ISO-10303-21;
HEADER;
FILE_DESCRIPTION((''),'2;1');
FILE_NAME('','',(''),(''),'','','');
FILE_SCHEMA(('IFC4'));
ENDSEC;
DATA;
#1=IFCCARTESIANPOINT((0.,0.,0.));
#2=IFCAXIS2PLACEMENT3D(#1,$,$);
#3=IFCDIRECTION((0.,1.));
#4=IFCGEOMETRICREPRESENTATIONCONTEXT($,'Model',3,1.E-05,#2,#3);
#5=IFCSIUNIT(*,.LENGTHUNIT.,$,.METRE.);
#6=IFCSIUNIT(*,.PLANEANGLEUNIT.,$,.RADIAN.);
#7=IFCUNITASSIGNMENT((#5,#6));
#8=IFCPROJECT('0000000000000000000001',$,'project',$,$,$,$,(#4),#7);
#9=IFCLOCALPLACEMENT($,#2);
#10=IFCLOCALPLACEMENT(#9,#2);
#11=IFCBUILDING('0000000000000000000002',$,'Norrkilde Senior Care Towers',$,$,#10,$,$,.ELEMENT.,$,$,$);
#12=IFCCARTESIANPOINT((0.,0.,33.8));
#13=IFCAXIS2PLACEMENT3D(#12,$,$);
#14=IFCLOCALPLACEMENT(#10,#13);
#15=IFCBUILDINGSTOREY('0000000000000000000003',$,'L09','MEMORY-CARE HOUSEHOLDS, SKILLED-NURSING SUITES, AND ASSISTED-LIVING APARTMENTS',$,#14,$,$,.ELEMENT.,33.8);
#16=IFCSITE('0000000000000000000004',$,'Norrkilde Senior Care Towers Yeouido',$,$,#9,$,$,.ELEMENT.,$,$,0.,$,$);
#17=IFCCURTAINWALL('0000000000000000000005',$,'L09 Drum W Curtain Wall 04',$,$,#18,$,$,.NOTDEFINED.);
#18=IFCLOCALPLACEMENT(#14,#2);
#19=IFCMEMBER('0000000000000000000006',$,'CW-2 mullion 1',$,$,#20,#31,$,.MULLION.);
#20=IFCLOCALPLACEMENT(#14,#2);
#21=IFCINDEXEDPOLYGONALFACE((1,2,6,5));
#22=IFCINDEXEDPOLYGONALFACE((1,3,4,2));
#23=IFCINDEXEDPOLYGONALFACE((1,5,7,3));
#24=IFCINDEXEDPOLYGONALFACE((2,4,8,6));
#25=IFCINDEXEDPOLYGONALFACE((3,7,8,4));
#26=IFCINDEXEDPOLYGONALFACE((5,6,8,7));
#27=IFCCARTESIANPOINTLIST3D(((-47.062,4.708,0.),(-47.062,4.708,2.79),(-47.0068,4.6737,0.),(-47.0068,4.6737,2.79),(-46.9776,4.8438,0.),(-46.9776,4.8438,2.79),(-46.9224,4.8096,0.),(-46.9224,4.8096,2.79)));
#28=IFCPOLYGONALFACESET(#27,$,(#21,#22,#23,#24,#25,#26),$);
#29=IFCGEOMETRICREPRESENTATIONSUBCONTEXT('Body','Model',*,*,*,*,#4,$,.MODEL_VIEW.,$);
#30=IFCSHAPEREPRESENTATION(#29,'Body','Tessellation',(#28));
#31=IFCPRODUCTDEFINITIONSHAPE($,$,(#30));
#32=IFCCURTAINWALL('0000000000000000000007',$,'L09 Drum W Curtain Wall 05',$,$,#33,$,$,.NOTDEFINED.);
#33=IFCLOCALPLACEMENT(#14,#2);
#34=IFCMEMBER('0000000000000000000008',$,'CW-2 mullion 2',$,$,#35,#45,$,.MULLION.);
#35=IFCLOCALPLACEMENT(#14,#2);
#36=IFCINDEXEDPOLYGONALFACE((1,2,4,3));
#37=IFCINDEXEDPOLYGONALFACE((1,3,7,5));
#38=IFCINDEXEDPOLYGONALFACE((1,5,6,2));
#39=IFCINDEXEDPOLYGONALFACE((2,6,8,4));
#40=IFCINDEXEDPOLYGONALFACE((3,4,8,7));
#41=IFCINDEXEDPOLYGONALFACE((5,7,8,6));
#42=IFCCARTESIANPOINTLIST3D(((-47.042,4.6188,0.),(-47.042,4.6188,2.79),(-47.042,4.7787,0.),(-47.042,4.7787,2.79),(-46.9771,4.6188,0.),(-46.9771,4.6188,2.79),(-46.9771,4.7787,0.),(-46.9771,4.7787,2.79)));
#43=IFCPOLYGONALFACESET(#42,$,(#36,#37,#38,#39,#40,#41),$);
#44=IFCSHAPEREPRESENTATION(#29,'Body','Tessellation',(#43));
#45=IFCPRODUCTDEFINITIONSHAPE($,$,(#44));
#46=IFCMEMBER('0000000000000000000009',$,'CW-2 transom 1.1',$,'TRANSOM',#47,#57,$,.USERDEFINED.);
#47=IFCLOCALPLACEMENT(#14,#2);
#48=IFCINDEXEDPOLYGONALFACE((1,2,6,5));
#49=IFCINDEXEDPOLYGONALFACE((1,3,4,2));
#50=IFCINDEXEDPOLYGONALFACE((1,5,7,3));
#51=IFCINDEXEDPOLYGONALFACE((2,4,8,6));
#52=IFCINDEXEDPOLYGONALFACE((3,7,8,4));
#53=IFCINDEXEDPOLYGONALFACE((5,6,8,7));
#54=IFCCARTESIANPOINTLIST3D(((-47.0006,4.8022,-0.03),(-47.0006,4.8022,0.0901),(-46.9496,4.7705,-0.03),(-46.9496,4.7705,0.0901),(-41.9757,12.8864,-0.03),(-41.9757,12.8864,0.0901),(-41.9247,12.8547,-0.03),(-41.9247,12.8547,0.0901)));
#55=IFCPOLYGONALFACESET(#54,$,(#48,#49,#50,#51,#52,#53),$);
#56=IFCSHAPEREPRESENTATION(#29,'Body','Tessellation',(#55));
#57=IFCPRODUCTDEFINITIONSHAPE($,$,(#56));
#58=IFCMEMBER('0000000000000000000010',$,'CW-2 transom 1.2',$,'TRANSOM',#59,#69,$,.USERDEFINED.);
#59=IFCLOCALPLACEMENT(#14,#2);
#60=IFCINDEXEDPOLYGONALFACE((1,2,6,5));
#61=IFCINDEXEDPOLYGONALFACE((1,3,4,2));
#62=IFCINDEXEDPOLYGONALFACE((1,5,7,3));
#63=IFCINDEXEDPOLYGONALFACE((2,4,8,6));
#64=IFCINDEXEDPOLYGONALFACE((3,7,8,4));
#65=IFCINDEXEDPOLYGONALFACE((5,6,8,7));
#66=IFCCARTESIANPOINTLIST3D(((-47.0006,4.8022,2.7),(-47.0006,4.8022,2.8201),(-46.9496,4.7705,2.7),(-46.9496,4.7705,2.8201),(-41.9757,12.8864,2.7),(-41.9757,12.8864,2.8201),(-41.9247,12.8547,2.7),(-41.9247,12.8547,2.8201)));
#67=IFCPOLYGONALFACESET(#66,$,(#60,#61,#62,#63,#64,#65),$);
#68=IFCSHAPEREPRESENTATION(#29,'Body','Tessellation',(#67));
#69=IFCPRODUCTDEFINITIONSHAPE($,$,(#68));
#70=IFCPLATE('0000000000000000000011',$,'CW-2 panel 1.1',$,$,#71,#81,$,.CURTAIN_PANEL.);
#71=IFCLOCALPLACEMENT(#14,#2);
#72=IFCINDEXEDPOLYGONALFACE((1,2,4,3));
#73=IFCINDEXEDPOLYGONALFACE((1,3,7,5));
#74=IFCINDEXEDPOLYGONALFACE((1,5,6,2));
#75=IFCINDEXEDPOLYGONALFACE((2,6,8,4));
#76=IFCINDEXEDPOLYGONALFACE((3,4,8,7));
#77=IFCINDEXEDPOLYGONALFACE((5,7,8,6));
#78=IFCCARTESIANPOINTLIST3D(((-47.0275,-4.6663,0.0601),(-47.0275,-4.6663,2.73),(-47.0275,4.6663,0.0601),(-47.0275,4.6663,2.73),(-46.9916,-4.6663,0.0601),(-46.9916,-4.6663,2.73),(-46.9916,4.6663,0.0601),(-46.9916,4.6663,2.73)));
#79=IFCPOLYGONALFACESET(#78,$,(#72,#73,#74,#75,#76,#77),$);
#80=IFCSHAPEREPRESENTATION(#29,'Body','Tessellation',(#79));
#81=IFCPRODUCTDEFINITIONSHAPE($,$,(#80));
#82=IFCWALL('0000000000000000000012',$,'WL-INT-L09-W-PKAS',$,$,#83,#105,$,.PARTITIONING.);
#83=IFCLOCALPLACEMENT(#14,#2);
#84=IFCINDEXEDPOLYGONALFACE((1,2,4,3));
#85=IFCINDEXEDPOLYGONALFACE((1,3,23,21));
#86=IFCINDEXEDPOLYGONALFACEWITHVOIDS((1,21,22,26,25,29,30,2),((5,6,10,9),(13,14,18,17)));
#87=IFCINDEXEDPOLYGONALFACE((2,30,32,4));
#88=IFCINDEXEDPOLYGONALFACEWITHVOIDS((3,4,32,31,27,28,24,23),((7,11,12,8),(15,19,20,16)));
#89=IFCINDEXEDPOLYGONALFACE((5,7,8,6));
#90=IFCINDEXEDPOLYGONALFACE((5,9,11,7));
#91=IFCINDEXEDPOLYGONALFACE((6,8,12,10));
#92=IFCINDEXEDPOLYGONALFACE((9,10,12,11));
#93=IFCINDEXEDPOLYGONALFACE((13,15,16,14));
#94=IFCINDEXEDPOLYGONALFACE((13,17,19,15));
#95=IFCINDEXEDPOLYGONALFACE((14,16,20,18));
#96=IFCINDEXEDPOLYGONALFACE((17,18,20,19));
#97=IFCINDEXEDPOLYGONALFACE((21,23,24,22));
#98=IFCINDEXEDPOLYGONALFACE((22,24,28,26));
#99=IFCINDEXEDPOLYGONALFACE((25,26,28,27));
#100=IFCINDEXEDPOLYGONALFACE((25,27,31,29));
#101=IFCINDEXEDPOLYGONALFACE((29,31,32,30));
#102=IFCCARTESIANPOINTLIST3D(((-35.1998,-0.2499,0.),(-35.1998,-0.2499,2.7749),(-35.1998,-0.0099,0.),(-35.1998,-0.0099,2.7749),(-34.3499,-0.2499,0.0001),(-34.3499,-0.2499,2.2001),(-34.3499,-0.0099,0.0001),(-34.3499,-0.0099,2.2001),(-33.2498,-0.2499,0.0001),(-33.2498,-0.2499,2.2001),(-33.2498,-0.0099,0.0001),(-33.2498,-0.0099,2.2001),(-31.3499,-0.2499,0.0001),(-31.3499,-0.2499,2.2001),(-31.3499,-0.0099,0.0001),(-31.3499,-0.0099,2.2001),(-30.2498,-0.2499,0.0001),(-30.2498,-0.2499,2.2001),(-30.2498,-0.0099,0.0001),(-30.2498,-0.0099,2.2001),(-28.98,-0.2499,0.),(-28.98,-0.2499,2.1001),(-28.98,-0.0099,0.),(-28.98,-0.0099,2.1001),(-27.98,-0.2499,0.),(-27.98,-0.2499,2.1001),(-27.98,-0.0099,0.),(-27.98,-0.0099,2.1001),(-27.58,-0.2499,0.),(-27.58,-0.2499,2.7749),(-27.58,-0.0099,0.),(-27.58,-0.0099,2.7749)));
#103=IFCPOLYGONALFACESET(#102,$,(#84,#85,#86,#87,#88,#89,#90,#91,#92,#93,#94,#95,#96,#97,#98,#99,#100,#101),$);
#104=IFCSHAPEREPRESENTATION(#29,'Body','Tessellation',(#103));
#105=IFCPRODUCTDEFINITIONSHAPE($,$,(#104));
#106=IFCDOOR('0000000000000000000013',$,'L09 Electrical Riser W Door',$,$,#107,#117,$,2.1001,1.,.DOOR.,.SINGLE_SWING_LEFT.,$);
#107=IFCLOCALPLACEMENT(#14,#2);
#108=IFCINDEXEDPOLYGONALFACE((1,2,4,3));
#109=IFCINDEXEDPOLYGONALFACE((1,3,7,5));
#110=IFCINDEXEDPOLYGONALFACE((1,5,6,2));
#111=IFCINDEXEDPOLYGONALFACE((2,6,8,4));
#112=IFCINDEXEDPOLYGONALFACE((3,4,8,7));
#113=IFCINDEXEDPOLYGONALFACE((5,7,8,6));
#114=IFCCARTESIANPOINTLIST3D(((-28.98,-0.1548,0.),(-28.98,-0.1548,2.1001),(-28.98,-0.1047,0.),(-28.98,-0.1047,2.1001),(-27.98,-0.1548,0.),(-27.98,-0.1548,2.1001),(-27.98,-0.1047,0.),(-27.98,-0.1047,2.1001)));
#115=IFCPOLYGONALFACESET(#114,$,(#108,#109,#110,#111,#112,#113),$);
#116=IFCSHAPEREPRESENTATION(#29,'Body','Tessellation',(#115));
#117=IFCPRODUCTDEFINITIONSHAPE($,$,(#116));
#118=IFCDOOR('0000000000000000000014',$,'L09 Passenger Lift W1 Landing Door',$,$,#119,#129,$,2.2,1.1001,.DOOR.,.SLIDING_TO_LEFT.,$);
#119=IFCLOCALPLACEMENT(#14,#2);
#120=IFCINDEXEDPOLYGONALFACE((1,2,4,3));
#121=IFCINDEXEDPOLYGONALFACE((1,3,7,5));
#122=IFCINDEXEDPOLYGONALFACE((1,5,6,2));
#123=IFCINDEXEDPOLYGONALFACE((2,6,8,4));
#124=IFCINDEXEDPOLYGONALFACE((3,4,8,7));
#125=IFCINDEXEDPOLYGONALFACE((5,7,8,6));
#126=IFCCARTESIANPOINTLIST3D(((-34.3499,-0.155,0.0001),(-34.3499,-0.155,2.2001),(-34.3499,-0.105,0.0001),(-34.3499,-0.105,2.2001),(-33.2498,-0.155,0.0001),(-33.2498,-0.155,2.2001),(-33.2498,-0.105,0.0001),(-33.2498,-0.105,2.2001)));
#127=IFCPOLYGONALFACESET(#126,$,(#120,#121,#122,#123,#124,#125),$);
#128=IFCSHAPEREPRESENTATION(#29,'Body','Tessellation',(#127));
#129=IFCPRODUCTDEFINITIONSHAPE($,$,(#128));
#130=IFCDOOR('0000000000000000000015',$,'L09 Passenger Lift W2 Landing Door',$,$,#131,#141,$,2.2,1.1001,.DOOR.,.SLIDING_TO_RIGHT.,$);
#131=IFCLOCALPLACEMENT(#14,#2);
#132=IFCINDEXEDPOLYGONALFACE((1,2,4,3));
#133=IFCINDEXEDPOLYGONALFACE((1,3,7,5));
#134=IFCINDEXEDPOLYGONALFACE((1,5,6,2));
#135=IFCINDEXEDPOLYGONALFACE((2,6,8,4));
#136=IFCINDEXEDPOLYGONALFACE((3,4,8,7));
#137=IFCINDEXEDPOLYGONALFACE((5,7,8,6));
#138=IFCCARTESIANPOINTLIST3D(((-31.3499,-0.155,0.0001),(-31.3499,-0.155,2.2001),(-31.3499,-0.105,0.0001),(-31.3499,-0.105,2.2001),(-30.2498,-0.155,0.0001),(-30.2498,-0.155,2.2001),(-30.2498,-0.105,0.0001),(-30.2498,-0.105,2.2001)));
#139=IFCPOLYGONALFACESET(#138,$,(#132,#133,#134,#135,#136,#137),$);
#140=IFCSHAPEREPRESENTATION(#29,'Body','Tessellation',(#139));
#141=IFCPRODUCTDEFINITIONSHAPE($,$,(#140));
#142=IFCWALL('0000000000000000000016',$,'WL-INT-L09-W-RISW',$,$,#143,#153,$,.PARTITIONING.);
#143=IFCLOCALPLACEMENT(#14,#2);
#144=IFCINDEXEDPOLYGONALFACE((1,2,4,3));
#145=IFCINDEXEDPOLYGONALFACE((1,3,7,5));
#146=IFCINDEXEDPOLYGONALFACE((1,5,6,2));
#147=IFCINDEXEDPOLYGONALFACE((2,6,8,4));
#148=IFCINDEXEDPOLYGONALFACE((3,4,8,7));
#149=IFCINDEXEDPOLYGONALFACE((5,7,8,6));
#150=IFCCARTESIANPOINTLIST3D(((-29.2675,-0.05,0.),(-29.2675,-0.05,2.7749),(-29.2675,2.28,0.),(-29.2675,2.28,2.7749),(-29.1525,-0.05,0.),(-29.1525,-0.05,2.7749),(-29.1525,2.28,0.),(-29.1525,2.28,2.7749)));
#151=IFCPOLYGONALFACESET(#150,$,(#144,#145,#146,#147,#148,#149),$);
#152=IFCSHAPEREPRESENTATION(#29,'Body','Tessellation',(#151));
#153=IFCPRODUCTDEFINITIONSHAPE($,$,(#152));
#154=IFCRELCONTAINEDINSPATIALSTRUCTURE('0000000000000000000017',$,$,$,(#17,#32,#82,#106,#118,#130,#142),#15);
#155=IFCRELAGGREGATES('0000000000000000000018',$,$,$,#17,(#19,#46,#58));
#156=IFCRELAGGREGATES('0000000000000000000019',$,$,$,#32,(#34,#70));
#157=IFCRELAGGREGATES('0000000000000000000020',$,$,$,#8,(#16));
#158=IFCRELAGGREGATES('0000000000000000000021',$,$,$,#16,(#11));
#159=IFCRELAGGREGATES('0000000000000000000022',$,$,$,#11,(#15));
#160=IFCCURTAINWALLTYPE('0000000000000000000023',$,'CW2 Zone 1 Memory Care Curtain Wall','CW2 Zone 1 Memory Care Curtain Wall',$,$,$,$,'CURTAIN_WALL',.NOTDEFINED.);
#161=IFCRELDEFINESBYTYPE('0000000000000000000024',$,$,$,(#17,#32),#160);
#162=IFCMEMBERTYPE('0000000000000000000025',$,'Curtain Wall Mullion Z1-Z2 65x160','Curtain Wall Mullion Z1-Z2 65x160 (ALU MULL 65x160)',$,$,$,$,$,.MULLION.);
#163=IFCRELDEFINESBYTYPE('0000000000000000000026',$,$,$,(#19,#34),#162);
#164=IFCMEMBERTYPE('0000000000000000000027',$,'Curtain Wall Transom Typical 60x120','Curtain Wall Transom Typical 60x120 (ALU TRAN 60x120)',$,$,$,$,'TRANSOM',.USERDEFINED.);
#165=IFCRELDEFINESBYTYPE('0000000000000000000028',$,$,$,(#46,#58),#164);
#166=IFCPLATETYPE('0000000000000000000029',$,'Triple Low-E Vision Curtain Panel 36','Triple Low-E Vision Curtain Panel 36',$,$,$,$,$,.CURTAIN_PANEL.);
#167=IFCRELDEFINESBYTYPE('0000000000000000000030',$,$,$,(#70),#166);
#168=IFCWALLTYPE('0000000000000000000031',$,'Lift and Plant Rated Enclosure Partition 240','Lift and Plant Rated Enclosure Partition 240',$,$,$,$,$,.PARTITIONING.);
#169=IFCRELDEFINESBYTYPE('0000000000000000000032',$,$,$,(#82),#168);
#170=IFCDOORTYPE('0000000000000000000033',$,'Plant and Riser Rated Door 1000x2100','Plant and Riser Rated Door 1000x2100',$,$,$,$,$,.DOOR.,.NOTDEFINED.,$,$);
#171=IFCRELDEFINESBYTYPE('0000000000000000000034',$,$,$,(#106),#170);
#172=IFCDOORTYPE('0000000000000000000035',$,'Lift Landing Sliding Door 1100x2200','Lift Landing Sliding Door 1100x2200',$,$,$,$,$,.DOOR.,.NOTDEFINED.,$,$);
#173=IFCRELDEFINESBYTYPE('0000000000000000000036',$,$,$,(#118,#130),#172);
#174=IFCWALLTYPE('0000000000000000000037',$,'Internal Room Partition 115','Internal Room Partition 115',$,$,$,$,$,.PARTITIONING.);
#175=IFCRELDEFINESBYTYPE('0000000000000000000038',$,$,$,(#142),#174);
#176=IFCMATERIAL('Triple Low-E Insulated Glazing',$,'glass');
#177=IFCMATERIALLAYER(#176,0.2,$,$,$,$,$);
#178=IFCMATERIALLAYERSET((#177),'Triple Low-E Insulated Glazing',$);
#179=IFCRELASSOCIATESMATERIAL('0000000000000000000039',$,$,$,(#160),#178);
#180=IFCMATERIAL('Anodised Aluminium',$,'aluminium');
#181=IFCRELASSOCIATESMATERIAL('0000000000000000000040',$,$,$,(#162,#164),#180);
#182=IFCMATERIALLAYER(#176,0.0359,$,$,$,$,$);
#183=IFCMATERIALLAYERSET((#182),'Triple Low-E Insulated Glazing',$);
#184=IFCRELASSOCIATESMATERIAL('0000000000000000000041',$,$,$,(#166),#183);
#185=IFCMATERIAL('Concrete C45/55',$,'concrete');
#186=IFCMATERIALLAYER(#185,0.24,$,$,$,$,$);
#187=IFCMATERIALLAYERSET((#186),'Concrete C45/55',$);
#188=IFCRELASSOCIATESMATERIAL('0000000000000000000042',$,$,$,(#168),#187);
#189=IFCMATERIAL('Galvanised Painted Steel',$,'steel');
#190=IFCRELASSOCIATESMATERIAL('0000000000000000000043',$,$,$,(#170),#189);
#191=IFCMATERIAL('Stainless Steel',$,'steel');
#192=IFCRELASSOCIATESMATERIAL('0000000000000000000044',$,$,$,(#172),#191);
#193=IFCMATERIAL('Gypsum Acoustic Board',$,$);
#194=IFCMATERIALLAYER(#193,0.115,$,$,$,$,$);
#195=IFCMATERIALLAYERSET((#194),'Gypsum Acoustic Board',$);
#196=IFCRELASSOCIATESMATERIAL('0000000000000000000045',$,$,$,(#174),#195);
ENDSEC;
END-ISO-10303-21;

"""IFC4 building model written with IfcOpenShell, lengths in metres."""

from ifc_helpers import new_model, si_unit, direction, frame, frame_2d, origin, origin_2d, place, context, subcontext, project, spatial, rectangle, extrude, source, transform, mapped, material, layer, layer_set, material_profile, profile_set, type_object, type_shapes, element, fill, aggregate, save


model = new_model("IFC4")

# Units and contexts
model_context = context("Model", 3, precision=1e-05, world=origin(), true_north=direction((0.0, 1.0)))
body_context = subcontext(model_context, "Body", "Model", "MODEL_VIEW")
ifc_project = project(units=[si_unit("LENGTHUNIT", "METRE"), si_unit("PLANEANGLEUNIT", "RADIAN")], contexts=[model_context])

# Site, building, storey
site_placement = place(None, origin())
site = spatial("IfcSite", under=ifc_project, at=site_placement, Name="Norrkilde Senior Care Towers Yeouido", CompositionType="ELEMENT", RefElevation=0.0)
building_placement = place(site_placement, origin())
building = spatial("IfcBuilding", under=site, at=building_placement, Name="Norrkilde Senior Care Towers", CompositionType="ELEMENT")
storey_placement = place(building_placement, frame((0.0, 0.0, 33.8)))
storey = spatial("IfcBuildingStorey", under=building, at=storey_placement, Name="L09", Description="MEMORY-CARE HOUSEHOLDS, SKILLED-NURSING SUITES, AND ASSISTED-LIVING APARTMENTS", CompositionType="ELEMENT", Elevation=33.8)

# Curtain walls, members
ifc_material_1 = material(Name="Triple Low-E Insulated Glazing", Category="glass")
ifc_layer_1 = layer(ifc_material_1, 0.2)
ifc_layer_set_1 = layer_set([ifc_layer_1], Name="Triple Low-E Insulated Glazing")
curtain_wall_type = type_object("IfcCurtainWallType", Name="CW2 Zone 1 Memory Care Curtain Wall", Description="CW2 Zone 1 Memory Care Curtain Wall", ElementType="CURTAIN_WALL", PredefinedType="NOTDEFINED", material=ifc_layer_set_1)
curtain_wall_1_placement = place(storey_placement, origin())
curtain_wall_1 = element("IfcCurtainWall", 1, at=curtain_wall_1_placement, inside=storey, type_object=curtain_wall_type, Name="L09 Drum W Curtain Wall 04", PredefinedType="NOTDEFINED")
ifc_material_2 = material(Name="Anodised Aluminium", Category="aluminium")
ifc_material_profile_1 = material_profile(ifc_material_2, rectangle(XDim=0.0649, YDim=0.1599, at=origin_2d()), Name="ALU MULL 65x160")
ifc_profile_set_1 = profile_set([ifc_material_profile_1], Name="Anodised Aluminium")
member_type_1 = type_object("IfcMemberType", Name="Curtain Wall Mullion Z1-Z2 65x160", Description="Curtain Wall Mullion Z1-Z2 65x160 (ALU MULL 65x160)", PredefinedType="MULLION", material=ifc_profile_set_1)
shared_shape_1 = source(origin(), body_context, "Body", "SweptSolid", [
    extrude(rectangle(XDim=0.0649, YDim=0.1599, at=origin_2d()), origin(), (0.0, 0.0, 1.0), 2.79),
])
type_shapes(member_type_1, [shared_shape_1])
member_1_placement = place(storey_placement, frame((-46.9922, 4.7588, 0.0), z_axis=(0.0, 0.0, 1.0), x_axis=(-0.849306, 0.527901, 0.0)))
member_1 = element("IfcMember", 2, at=member_1_placement, type_object=member_type_1, Name="CW-2 mullion 1", PredefinedType="MULLION", context=body_context, shape_type="MappedRepresentation", body=[
    mapped(shared_shape_1, transform((0.0, 0.0, 0.0), x_axis=(1.0, 0.0, 0.0), y_axis=(0.0, 1.0, 0.0), z_axis=(0.0, 0.0, 1.0), scale=1.0)),
])
curtain_wall_2_placement = place(storey_placement, origin())
curtain_wall_2 = element("IfcCurtainWall", 3, at=curtain_wall_2_placement, inside=storey, type_object=curtain_wall_type, Name="L09 Drum W Curtain Wall 05", PredefinedType="NOTDEFINED")
member_2_placement = place(storey_placement, frame((-47.0095, 4.6987, 0.0), z_axis=(0.0, 0.0, 1.0), x_axis=(-1.0, 0.0, 0.0)))
member_2 = element("IfcMember", 4, at=member_2_placement, type_object=member_type_1, Name="CW-2 mullion 2", PredefinedType="MULLION", context=body_context, shape_type="MappedRepresentation", body=[
    mapped(shared_shape_1, transform((0.0, 0.0, 0.0), x_axis=(1.0, 0.0, 0.0), y_axis=(0.0, 1.0, 0.0), z_axis=(0.0, 0.0, 1.0), scale=1.0)),
])

# Members
ifc_material_profile_2 = material_profile(ifc_material_2, rectangle(XDim=0.0601, YDim=0.1201, at=origin_2d()), Name="ALU TRAN 60x120")
ifc_profile_set_2 = profile_set([ifc_material_profile_2], Name="Anodised Aluminium")
member_type_2 = type_object("IfcMemberType", Name="Curtain Wall Transom Typical 60x120", Description="Curtain Wall Transom Typical 60x120 (ALU TRAN 60x120)", ElementType="TRANSOM", PredefinedType="USERDEFINED", material=ifc_profile_set_2)
shared_shape_2 = source(origin(), body_context, "Body", "SweptSolid", [
    extrude(rectangle(XDim=0.0601, YDim=0.1201, at=origin_2d()), origin(), (0.0, 0.0, 1.0), 9.5186),
])
type_shapes(member_type_2, [shared_shape_2])
member_3_placement = place(storey_placement, frame((-46.9751, 4.7864, 0.03), z_axis=(0.527902, 0.849306, 0.0), x_axis=(-0.849306, 0.527902, 0.0)))
member_3 = element("IfcMember", 5, at=member_3_placement, type_object=member_type_2, Name="CW-2 transom 1.1", ObjectType="TRANSOM", PredefinedType="USERDEFINED", context=body_context, shape_type="MappedRepresentation", body=[
    mapped(shared_shape_2, transform((0.0, 0.0, 0.0), x_axis=(1.0, 0.0, 0.0), y_axis=(0.0, 1.0, 0.0), z_axis=(0.0, 0.0, 1.0), scale=1.0)),
])
member_4_placement = place(storey_placement, frame((-46.9751, 4.7864, 2.76), z_axis=(0.527902, 0.849306, 0.0), x_axis=(-0.849306, 0.527902, 0.0)))
member_4 = element("IfcMember", 6, at=member_4_placement, type_object=member_type_2, Name="CW-2 transom 1.2", ObjectType="TRANSOM", PredefinedType="USERDEFINED", context=body_context, shape_type="MappedRepresentation", body=[
    mapped(shared_shape_2, transform((0.0, 0.0, 0.0), x_axis=(1.0, 0.0, 0.0), y_axis=(0.0, 1.0, 0.0), z_axis=(0.0, 0.0, 1.0), scale=1.0)),
])
aggregate(curtain_wall_1, [member_1, member_3, member_4])

# Plate
ifc_layer_2 = layer(ifc_material_1, 0.0359)
ifc_layer_set_2 = layer_set([ifc_layer_2], Name="Triple Low-E Insulated Glazing")
plate_type = type_object("IfcPlateType", Name="Triple Low-E Vision Curtain Panel 36", Description="Triple Low-E Vision Curtain Panel 36", PredefinedType="CURTAIN_PANEL", material=ifc_layer_set_2)
shared_shape_3 = source(origin(), body_context, "Body", "SweptSolid", [
    extrude(rectangle(XDim=9.3325, YDim=0.0359, at=origin_2d()), origin(), (0.0, 0.0, 1.0), 2.6699),
])
type_shapes(plate_type, [shared_shape_3])
plate_placement = place(storey_placement, frame((-47.0095, 0.0, 0.0601), z_axis=(0.0, 0.0, 1.0), x_axis=(0.0, 1.0, 0.0)))
plate = element("IfcPlate", 7, at=plate_placement, type_object=plate_type, Name="CW-2 panel 1.1", PredefinedType="CURTAIN_PANEL", context=body_context, shape_type="MappedRepresentation", body=[
    mapped(shared_shape_3, transform((0.0, 0.0, 0.0), x_axis=(1.0, 0.0, 0.0), y_axis=(0.0, 1.0, 0.0), z_axis=(0.0, 0.0, 1.0), scale=1.0)),
])
aggregate(curtain_wall_2, [member_2, plate])

# Wall, openings, doors
ifc_material_3 = material(Name="Concrete C45/55", Category="concrete")
ifc_layer_3 = layer(ifc_material_3, 0.24)
ifc_layer_set_3 = layer_set([ifc_layer_3], Name="Concrete C45/55")
wall_type_1 = type_object("IfcWallType", Name="Lift and Plant Rated Enclosure Partition 240", Description="Lift and Plant Rated Enclosure Partition 240", PredefinedType="PARTITIONING", material=ifc_layer_set_3)
shared_shape_4 = source(origin(), body_context, "Body", "SweptSolid", [
    extrude(rectangle(XDim=7.6199, YDim=0.24, at=frame_2d((3.8101, 0.0))), origin(), (0.0, 0.0, 1.0), 2.7749),
])
type_shapes(wall_type_1, [shared_shape_4])
wall_1_placement = place(storey_placement, frame((-35.2, -0.1299, 0.0), z_axis=(0.0, 0.0, 1.0), x_axis=(1.0, 0.0, 0.0)))
wall_1 = element("IfcWall", 8, at=wall_1_placement, inside=storey, type_object=wall_type_1, Name="WL-INT-L09-W-PKAS", PredefinedType="PARTITIONING", context=body_context, shape_type="MappedRepresentation", body=[
    mapped(shared_shape_4, transform((0.0, 0.0, 0.0), x_axis=(1.0, 0.0, 0.0), y_axis=(0.0, 1.0, 0.0), z_axis=(0.0, 0.0, 1.0), scale=1.0)),
])
opening_1_placement = place(wall_1_placement, frame((6.22, 0.0, 0.0)))
opening_1 = element("IfcOpeningElement", 9, at=opening_1_placement, cuts=wall_1, PredefinedType="OPENING", context=body_context, shape_type="SweptSolid", body=[
    extrude(rectangle(XDim=1.0, YDim=2.1001, at=frame_2d((0.5, 1.05))), frame((0.0, 0.1299, 0.0), z_axis=(0.0, -1.0, 0.0), x_axis=(1.0, 0.0, 0.0)), (0.0, 0.0, 1.0), 0.26),
])
opening_2_placement = place(wall_1_placement, frame((0.8501, 0.0, 0.0)))
opening_2 = element("IfcOpeningElement", 10, at=opening_2_placement, cuts=wall_1, PredefinedType="OPENING", context=body_context, shape_type="SweptSolid", body=[
    extrude(rectangle(XDim=1.1001, YDim=2.2, at=frame_2d((0.55, 1.1001))), frame((0.0, 0.1299, 0.0), z_axis=(0.0, -1.0, 0.0), x_axis=(1.0, 0.0, 0.0)), (0.0, 0.0, 1.0), 0.26),
])
opening_3_placement = place(wall_1_placement, frame((3.8501, 0.0, 0.0)))
opening_3 = element("IfcOpeningElement", 11, at=opening_3_placement, cuts=wall_1, PredefinedType="OPENING", context=body_context, shape_type="SweptSolid", body=[
    extrude(rectangle(XDim=1.1001, YDim=2.2, at=frame_2d((0.55, 1.1001))), frame((0.0, 0.1299, 0.0), z_axis=(0.0, -1.0, 0.0), x_axis=(1.0, 0.0, 0.0)), (0.0, 0.0, 1.0), 0.26),
])
ifc_material_4 = material(Name="Galvanised Painted Steel", Category="steel")
door_type_1 = type_object("IfcDoorType", Name="Plant and Riser Rated Door 1000x2100", Description="Plant and Riser Rated Door 1000x2100", OperationType="NOTDEFINED", PredefinedType="DOOR", material=ifc_material_4)
shared_shape_5 = source(origin(), body_context, "Body", "SweptSolid", [
    extrude(rectangle(XDim=1.0, YDim=2.1001, at=frame_2d((0.5, 1.05))), frame((0.0, 0.0249, 0.0), z_axis=(0.0, -1.0, 0.0), x_axis=(1.0, 0.0, 0.0)), (0.0, 0.0, 1.0), 0.05),
])
type_shapes(door_type_1, [shared_shape_5])
door_1_placement = place(opening_1_placement, frame((1.0, 0.0, 0.0), z_axis=(0.0, 0.0, 1.0), x_axis=(-1.0, 0.0, 0.0)))
door_1 = element("IfcDoor", 12, at=door_1_placement, inside=storey, type_object=door_type_1, Name="L09 Electrical Riser W Door", OperationType="SINGLE_SWING_LEFT", OverallHeight=2.1001, OverallWidth=1.0, PredefinedType="DOOR", context=body_context, shape_type="MappedRepresentation", body=[
    mapped(shared_shape_5, transform((0.0, 0.0, 0.0), x_axis=(1.0, 0.0, 0.0), y_axis=(0.0, 1.0, 0.0), z_axis=(0.0, 0.0, 1.0), scale=1.0)),
])
fill(opening_1, door_1)
ifc_material_5 = material(Name="Stainless Steel", Category="steel")
door_type_2 = type_object("IfcDoorType", Name="Lift Landing Sliding Door 1100x2200", Description="Lift Landing Sliding Door 1100x2200", OperationType="NOTDEFINED", PredefinedType="DOOR", material=ifc_material_5)
shared_shape_6 = source(origin(), body_context, "Body", "SweptSolid", [
    extrude(rectangle(XDim=1.1001, YDim=2.2, at=frame_2d((0.55, 1.1001))), frame((0.0, 0.0249, 0.0), z_axis=(0.0, -1.0, 0.0), x_axis=(1.0, 0.0, 0.0)), (0.0, 0.0, 1.0), 0.05),
])
type_shapes(door_type_2, [shared_shape_6])
door_2_placement = place(opening_2_placement, origin())
door_2 = element("IfcDoor", 13, at=door_2_placement, inside=storey, type_object=door_type_2, Name="L09 Passenger Lift W1 Landing Door", OperationType="SLIDING_TO_LEFT", OverallHeight=2.2, OverallWidth=1.1001, PredefinedType="DOOR", context=body_context, shape_type="MappedRepresentation", body=[
    mapped(shared_shape_6, transform((0.0, 0.0, 0.0), x_axis=(1.0, 0.0, 0.0), y_axis=(0.0, 1.0, 0.0), z_axis=(0.0, 0.0, 1.0), scale=1.0)),
])
fill(opening_2, door_2)
door_3_placement = place(opening_3_placement, origin())
door_3 = element("IfcDoor", 14, at=door_3_placement, inside=storey, type_object=door_type_2, Name="L09 Passenger Lift W2 Landing Door", OperationType="SLIDING_TO_RIGHT", OverallHeight=2.2, OverallWidth=1.1001, PredefinedType="DOOR", context=body_context, shape_type="MappedRepresentation", body=[
    mapped(shared_shape_6, transform((0.0, 0.0, 0.0), x_axis=(1.0, 0.0, 0.0), y_axis=(0.0, 1.0, 0.0), z_axis=(0.0, 0.0, 1.0), scale=1.0)),
])
fill(opening_3, door_3)

# Wall
ifc_material_6 = material(Name="Gypsum Acoustic Board")
ifc_layer_4 = layer(ifc_material_6, 0.115)
ifc_layer_set_4 = layer_set([ifc_layer_4], Name="Gypsum Acoustic Board")
wall_type_2 = type_object("IfcWallType", Name="Internal Room Partition 115", Description="Internal Room Partition 115", PredefinedType="PARTITIONING", material=ifc_layer_set_4)
shared_shape_7 = source(origin(), body_context, "Body", "SweptSolid", [
    extrude(rectangle(XDim=2.3301, YDim=0.115, at=frame_2d((1.165, 0.0))), origin(), (0.0, 0.0, 1.0), 2.7749),
])
type_shapes(wall_type_2, [shared_shape_7])
wall_2_placement = place(storey_placement, frame((-29.21, -0.05, 0.0), z_axis=(0.0, 0.0, 1.0), x_axis=(0.0, 1.0, 0.0)))
element("IfcWall", 15, at=wall_2_placement, inside=storey, type_object=wall_type_2, Name="WL-INT-L09-W-RISW", PredefinedType="PARTITIONING", context=body_context, shape_type="MappedRepresentation", body=[
    mapped(shared_shape_7, transform((0.0, 0.0, 0.0), x_axis=(1.0, 0.0, 0.0), y_axis=(0.0, 1.0, 0.0), z_axis=(0.0, 0.0, 1.0), scale=1.0)),
])

save(model, "model.ifc")
